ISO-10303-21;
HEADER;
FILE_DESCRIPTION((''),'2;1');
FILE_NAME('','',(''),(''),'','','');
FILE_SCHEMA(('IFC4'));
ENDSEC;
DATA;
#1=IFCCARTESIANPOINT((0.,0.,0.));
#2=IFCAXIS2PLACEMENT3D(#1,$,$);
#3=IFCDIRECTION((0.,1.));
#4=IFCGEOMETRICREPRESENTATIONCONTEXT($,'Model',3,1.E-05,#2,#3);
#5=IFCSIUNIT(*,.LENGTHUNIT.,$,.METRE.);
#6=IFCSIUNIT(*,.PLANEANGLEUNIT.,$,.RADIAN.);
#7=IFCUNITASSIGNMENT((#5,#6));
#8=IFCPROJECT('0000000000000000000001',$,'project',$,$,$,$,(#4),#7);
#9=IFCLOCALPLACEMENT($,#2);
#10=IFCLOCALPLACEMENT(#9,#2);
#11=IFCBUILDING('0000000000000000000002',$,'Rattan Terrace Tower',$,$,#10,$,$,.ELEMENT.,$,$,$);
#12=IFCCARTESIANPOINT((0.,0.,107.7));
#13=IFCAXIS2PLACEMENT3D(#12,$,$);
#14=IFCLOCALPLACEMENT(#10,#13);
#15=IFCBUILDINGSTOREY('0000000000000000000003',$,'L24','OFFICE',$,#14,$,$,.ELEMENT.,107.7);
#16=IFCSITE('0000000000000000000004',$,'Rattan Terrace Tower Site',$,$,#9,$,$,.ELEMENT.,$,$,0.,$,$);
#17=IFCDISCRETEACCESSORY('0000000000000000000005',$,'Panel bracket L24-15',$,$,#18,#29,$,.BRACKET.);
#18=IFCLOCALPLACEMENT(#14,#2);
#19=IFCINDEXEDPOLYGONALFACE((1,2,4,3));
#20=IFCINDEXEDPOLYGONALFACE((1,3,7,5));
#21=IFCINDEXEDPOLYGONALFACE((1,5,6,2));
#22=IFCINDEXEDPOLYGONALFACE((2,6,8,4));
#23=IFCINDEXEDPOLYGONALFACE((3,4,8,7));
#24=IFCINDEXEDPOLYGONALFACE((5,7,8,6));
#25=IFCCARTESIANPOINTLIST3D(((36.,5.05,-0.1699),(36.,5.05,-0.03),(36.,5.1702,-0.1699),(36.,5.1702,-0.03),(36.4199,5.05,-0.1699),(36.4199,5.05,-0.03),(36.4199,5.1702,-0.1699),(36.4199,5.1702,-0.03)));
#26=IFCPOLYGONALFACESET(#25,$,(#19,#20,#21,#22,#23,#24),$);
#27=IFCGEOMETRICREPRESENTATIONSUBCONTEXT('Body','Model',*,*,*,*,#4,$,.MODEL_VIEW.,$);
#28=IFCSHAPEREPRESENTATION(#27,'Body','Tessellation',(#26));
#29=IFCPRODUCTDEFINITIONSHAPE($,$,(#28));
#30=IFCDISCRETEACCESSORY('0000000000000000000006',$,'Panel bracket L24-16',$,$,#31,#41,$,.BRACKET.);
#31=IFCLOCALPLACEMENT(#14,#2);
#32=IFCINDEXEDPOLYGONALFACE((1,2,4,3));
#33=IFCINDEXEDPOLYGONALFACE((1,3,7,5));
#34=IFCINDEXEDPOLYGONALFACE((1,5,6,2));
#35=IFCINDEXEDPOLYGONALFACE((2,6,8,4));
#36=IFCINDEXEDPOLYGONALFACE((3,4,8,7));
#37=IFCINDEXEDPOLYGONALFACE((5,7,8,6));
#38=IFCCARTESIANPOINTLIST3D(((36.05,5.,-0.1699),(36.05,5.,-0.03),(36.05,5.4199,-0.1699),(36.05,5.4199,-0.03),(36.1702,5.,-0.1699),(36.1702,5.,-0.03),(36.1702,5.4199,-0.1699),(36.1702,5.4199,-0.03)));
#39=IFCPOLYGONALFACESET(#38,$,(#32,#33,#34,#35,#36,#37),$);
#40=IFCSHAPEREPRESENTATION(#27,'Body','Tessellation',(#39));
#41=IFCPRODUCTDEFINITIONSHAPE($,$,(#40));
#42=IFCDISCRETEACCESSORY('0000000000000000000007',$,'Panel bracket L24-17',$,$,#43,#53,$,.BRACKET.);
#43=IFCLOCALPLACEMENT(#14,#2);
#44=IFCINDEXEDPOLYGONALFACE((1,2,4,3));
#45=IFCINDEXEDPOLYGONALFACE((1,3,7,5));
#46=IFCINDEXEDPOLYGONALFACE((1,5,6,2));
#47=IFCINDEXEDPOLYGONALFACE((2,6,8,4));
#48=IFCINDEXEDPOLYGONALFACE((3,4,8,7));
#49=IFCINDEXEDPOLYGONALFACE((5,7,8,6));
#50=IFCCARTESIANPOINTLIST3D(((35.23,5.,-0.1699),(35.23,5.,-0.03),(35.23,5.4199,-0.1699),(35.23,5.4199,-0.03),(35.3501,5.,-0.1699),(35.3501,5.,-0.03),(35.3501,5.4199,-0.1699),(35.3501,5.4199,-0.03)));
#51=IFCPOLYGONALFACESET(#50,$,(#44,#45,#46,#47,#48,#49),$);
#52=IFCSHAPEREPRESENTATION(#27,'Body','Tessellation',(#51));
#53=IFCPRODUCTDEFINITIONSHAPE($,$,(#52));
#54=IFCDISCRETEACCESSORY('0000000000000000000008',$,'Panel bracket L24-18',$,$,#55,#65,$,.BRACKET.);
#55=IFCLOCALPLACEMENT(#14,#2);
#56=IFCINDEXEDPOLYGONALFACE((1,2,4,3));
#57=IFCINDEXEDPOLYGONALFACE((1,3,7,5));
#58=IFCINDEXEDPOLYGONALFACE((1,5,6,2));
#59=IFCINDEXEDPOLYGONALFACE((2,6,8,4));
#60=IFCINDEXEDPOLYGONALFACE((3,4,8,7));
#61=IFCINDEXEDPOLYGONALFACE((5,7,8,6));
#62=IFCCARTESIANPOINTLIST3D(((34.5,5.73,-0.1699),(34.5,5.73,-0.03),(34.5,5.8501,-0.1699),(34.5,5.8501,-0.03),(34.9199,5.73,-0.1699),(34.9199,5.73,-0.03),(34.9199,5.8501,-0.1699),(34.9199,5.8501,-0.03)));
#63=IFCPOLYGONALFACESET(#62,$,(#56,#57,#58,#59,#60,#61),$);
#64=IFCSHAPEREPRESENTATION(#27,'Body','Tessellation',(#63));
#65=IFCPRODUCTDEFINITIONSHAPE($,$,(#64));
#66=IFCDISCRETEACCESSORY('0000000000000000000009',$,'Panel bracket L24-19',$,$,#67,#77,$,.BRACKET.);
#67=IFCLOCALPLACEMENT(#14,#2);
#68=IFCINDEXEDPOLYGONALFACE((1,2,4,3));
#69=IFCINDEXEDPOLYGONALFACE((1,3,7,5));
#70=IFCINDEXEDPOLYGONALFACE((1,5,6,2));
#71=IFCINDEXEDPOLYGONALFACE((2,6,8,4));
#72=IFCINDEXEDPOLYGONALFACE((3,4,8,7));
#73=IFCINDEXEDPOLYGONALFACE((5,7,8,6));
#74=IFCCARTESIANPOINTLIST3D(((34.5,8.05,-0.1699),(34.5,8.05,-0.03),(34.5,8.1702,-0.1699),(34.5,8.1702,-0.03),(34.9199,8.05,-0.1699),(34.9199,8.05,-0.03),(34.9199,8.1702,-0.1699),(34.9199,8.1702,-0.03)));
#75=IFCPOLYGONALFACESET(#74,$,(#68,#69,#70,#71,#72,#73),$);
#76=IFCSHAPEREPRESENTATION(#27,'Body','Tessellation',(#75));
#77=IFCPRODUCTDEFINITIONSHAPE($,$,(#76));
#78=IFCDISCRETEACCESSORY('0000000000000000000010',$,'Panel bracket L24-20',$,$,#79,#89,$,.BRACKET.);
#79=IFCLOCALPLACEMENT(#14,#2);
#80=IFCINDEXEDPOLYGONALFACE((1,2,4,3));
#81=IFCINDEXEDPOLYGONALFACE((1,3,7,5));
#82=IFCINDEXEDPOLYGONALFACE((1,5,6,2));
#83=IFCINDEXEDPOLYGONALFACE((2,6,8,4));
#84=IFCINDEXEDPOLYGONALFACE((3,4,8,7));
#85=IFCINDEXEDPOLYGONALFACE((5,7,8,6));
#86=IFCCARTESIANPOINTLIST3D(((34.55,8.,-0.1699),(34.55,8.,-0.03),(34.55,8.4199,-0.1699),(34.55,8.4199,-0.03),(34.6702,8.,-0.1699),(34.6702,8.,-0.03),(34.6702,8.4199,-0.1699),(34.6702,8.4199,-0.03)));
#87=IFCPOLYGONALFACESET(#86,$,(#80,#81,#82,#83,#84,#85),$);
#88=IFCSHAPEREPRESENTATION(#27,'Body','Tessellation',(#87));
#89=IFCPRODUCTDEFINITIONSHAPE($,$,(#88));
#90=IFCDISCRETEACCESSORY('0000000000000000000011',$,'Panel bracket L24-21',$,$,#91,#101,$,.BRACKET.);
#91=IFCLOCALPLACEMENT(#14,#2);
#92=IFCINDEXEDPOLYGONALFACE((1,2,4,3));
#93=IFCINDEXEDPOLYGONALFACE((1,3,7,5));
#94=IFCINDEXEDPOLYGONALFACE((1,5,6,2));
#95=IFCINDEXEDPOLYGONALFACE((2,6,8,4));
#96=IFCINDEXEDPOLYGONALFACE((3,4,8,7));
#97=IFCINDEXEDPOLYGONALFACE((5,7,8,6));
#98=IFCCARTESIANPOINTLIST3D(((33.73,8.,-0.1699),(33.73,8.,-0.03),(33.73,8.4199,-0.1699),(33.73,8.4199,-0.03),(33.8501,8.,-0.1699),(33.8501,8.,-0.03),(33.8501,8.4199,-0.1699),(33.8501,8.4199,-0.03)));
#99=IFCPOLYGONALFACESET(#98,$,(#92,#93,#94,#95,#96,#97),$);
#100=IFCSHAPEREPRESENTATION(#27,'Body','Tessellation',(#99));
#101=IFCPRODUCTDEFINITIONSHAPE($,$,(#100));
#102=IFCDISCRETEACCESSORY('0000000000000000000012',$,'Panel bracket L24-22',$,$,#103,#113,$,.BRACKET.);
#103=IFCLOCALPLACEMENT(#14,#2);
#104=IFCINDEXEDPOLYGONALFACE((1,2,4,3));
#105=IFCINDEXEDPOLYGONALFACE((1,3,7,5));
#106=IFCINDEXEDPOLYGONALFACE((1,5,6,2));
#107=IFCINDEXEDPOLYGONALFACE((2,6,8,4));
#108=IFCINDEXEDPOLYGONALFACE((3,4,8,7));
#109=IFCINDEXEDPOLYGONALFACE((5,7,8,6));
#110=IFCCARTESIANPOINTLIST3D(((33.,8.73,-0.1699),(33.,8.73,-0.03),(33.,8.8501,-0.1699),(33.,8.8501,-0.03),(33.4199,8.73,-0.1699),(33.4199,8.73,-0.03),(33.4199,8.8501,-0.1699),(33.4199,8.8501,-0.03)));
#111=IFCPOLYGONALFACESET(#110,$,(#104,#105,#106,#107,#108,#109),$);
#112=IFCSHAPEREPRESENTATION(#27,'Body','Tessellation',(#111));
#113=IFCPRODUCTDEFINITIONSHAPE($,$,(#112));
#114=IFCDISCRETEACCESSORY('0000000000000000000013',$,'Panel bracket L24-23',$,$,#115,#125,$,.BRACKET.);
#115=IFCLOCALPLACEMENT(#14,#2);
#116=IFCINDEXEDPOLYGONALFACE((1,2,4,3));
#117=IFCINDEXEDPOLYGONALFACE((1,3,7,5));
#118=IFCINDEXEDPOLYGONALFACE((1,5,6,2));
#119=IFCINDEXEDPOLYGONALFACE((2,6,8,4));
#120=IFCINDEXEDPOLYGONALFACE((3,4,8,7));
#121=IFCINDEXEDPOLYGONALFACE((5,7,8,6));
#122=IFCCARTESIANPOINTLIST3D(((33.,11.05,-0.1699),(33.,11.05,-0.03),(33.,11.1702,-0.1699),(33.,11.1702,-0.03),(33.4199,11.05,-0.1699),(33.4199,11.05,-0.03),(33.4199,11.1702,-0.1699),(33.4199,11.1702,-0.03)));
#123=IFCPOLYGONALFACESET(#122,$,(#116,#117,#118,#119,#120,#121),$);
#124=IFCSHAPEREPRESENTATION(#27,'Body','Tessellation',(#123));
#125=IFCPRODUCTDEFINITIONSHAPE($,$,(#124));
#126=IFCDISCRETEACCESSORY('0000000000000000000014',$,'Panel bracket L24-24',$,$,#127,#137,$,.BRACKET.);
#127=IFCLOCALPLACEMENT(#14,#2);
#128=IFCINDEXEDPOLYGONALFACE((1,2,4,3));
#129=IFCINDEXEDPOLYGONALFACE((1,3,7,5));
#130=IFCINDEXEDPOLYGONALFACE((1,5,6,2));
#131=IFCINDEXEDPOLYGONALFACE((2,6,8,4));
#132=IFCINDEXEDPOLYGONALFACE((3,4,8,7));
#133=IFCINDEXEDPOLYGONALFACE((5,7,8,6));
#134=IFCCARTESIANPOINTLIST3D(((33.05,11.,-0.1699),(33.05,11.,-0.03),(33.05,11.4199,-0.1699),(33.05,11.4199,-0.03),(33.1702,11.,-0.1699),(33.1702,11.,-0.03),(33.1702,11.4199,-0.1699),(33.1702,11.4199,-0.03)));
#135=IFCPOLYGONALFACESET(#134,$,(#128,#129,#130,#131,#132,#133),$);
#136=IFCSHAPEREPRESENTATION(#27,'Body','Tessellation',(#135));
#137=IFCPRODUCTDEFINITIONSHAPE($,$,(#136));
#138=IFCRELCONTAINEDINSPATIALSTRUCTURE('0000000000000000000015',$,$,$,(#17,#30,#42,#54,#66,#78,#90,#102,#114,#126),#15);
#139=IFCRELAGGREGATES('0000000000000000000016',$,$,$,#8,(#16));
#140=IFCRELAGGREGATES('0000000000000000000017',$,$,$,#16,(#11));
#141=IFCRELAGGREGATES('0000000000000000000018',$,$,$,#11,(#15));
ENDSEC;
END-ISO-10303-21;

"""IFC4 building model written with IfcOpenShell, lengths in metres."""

from ifc_helpers import new_model, si_unit, direction, frame, origin, origin_2d, place, context, subcontext, project, spatial, rectangle, extrude, element, save


model = new_model("IFC4")

# Units and contexts
model_context = context("Model", 3, precision=1e-05, world=origin(), true_north=direction((0.0, 1.0)))
body_context = subcontext(model_context, "Body", "Model", "MODEL_VIEW")
ifc_project = project(units=[si_unit("LENGTHUNIT", "METRE"), si_unit("PLANEANGLEUNIT", "RADIAN")], contexts=[model_context])

# Site, building, storey
site_placement = place(None, origin())
site = spatial("IfcSite", under=ifc_project, at=site_placement, Name="Rattan Terrace Tower Site", CompositionType="ELEMENT", RefElevation=0.0)
building_placement = place(site_placement, origin())
building = spatial("IfcBuilding", under=site, at=building_placement, Name="Rattan Terrace Tower", CompositionType="ELEMENT")
storey_placement = place(building_placement, frame((0.0, 0.0, 107.7)))
storey = spatial("IfcBuildingStorey", under=building, at=storey_placement, Name="L24", Description="OFFICE", CompositionType="ELEMENT", Elevation=107.7)

# Discrete accessories
for number, where, z_axis, x_axis, name in (
    (1, (36.21, 5.1101, -0.1699), (0.0, 0.0, 1.0), (0.0, 1.0, 0.0), "Panel bracket L24-15"),
    (2, (36.1101, 5.21, -0.1699), (0.0, 0.0, 1.0), (-1.0, 0.0, 0.0), "Panel bracket L24-16"),
    (3, (35.29, 5.21, -0.1699), (0.0, 0.0, 1.0), (-1.0, 0.0, 0.0), "Panel bracket L24-17"),
    (4, (34.71, 5.79, -0.1699), (0.0, 0.0, 1.0), (0.0, 1.0, 0.0), "Panel bracket L24-18"),
    (5, (34.71, 8.1101, -0.1699), (0.0, 0.0, 1.0), (0.0, 1.0, 0.0), "Panel bracket L24-19"),
    (6, (34.6101, 8.21, -0.1699), (0.0, 0.0, 1.0), (-1.0, 0.0, 0.0), "Panel bracket L24-20"),
    (7, (33.79, 8.21, -0.1699), (0.0, 0.0, 1.0), (-1.0, 0.0, 0.0), "Panel bracket L24-21"),
    (8, (33.21, 8.79, -0.1699), (0.0, 0.0, 1.0), (0.0, 1.0, 0.0), "Panel bracket L24-22"),
    (9, (33.21, 11.1101, -0.1699), (0.0, 0.0, 1.0), (0.0, 1.0, 0.0), "Panel bracket L24-23"),
    (10, (33.1101, 11.21, -0.1699), (0.0, 0.0, 1.0), (-1.0, 0.0, 0.0), "Panel bracket L24-24"),
):
    element("IfcDiscreteAccessory", number, at=place(storey_placement, frame(where, z_axis=z_axis, x_axis=x_axis)), inside=storey, Name=name, PredefinedType="BRACKET", context=body_context, shape_type="SweptSolid", body=[
        extrude(rectangle(XDim=0.1201, YDim=0.4199, at=origin_2d()), origin(), (0.0, 0.0, 1.0), 0.1399),
    ])

save(model, "model.ifc")
